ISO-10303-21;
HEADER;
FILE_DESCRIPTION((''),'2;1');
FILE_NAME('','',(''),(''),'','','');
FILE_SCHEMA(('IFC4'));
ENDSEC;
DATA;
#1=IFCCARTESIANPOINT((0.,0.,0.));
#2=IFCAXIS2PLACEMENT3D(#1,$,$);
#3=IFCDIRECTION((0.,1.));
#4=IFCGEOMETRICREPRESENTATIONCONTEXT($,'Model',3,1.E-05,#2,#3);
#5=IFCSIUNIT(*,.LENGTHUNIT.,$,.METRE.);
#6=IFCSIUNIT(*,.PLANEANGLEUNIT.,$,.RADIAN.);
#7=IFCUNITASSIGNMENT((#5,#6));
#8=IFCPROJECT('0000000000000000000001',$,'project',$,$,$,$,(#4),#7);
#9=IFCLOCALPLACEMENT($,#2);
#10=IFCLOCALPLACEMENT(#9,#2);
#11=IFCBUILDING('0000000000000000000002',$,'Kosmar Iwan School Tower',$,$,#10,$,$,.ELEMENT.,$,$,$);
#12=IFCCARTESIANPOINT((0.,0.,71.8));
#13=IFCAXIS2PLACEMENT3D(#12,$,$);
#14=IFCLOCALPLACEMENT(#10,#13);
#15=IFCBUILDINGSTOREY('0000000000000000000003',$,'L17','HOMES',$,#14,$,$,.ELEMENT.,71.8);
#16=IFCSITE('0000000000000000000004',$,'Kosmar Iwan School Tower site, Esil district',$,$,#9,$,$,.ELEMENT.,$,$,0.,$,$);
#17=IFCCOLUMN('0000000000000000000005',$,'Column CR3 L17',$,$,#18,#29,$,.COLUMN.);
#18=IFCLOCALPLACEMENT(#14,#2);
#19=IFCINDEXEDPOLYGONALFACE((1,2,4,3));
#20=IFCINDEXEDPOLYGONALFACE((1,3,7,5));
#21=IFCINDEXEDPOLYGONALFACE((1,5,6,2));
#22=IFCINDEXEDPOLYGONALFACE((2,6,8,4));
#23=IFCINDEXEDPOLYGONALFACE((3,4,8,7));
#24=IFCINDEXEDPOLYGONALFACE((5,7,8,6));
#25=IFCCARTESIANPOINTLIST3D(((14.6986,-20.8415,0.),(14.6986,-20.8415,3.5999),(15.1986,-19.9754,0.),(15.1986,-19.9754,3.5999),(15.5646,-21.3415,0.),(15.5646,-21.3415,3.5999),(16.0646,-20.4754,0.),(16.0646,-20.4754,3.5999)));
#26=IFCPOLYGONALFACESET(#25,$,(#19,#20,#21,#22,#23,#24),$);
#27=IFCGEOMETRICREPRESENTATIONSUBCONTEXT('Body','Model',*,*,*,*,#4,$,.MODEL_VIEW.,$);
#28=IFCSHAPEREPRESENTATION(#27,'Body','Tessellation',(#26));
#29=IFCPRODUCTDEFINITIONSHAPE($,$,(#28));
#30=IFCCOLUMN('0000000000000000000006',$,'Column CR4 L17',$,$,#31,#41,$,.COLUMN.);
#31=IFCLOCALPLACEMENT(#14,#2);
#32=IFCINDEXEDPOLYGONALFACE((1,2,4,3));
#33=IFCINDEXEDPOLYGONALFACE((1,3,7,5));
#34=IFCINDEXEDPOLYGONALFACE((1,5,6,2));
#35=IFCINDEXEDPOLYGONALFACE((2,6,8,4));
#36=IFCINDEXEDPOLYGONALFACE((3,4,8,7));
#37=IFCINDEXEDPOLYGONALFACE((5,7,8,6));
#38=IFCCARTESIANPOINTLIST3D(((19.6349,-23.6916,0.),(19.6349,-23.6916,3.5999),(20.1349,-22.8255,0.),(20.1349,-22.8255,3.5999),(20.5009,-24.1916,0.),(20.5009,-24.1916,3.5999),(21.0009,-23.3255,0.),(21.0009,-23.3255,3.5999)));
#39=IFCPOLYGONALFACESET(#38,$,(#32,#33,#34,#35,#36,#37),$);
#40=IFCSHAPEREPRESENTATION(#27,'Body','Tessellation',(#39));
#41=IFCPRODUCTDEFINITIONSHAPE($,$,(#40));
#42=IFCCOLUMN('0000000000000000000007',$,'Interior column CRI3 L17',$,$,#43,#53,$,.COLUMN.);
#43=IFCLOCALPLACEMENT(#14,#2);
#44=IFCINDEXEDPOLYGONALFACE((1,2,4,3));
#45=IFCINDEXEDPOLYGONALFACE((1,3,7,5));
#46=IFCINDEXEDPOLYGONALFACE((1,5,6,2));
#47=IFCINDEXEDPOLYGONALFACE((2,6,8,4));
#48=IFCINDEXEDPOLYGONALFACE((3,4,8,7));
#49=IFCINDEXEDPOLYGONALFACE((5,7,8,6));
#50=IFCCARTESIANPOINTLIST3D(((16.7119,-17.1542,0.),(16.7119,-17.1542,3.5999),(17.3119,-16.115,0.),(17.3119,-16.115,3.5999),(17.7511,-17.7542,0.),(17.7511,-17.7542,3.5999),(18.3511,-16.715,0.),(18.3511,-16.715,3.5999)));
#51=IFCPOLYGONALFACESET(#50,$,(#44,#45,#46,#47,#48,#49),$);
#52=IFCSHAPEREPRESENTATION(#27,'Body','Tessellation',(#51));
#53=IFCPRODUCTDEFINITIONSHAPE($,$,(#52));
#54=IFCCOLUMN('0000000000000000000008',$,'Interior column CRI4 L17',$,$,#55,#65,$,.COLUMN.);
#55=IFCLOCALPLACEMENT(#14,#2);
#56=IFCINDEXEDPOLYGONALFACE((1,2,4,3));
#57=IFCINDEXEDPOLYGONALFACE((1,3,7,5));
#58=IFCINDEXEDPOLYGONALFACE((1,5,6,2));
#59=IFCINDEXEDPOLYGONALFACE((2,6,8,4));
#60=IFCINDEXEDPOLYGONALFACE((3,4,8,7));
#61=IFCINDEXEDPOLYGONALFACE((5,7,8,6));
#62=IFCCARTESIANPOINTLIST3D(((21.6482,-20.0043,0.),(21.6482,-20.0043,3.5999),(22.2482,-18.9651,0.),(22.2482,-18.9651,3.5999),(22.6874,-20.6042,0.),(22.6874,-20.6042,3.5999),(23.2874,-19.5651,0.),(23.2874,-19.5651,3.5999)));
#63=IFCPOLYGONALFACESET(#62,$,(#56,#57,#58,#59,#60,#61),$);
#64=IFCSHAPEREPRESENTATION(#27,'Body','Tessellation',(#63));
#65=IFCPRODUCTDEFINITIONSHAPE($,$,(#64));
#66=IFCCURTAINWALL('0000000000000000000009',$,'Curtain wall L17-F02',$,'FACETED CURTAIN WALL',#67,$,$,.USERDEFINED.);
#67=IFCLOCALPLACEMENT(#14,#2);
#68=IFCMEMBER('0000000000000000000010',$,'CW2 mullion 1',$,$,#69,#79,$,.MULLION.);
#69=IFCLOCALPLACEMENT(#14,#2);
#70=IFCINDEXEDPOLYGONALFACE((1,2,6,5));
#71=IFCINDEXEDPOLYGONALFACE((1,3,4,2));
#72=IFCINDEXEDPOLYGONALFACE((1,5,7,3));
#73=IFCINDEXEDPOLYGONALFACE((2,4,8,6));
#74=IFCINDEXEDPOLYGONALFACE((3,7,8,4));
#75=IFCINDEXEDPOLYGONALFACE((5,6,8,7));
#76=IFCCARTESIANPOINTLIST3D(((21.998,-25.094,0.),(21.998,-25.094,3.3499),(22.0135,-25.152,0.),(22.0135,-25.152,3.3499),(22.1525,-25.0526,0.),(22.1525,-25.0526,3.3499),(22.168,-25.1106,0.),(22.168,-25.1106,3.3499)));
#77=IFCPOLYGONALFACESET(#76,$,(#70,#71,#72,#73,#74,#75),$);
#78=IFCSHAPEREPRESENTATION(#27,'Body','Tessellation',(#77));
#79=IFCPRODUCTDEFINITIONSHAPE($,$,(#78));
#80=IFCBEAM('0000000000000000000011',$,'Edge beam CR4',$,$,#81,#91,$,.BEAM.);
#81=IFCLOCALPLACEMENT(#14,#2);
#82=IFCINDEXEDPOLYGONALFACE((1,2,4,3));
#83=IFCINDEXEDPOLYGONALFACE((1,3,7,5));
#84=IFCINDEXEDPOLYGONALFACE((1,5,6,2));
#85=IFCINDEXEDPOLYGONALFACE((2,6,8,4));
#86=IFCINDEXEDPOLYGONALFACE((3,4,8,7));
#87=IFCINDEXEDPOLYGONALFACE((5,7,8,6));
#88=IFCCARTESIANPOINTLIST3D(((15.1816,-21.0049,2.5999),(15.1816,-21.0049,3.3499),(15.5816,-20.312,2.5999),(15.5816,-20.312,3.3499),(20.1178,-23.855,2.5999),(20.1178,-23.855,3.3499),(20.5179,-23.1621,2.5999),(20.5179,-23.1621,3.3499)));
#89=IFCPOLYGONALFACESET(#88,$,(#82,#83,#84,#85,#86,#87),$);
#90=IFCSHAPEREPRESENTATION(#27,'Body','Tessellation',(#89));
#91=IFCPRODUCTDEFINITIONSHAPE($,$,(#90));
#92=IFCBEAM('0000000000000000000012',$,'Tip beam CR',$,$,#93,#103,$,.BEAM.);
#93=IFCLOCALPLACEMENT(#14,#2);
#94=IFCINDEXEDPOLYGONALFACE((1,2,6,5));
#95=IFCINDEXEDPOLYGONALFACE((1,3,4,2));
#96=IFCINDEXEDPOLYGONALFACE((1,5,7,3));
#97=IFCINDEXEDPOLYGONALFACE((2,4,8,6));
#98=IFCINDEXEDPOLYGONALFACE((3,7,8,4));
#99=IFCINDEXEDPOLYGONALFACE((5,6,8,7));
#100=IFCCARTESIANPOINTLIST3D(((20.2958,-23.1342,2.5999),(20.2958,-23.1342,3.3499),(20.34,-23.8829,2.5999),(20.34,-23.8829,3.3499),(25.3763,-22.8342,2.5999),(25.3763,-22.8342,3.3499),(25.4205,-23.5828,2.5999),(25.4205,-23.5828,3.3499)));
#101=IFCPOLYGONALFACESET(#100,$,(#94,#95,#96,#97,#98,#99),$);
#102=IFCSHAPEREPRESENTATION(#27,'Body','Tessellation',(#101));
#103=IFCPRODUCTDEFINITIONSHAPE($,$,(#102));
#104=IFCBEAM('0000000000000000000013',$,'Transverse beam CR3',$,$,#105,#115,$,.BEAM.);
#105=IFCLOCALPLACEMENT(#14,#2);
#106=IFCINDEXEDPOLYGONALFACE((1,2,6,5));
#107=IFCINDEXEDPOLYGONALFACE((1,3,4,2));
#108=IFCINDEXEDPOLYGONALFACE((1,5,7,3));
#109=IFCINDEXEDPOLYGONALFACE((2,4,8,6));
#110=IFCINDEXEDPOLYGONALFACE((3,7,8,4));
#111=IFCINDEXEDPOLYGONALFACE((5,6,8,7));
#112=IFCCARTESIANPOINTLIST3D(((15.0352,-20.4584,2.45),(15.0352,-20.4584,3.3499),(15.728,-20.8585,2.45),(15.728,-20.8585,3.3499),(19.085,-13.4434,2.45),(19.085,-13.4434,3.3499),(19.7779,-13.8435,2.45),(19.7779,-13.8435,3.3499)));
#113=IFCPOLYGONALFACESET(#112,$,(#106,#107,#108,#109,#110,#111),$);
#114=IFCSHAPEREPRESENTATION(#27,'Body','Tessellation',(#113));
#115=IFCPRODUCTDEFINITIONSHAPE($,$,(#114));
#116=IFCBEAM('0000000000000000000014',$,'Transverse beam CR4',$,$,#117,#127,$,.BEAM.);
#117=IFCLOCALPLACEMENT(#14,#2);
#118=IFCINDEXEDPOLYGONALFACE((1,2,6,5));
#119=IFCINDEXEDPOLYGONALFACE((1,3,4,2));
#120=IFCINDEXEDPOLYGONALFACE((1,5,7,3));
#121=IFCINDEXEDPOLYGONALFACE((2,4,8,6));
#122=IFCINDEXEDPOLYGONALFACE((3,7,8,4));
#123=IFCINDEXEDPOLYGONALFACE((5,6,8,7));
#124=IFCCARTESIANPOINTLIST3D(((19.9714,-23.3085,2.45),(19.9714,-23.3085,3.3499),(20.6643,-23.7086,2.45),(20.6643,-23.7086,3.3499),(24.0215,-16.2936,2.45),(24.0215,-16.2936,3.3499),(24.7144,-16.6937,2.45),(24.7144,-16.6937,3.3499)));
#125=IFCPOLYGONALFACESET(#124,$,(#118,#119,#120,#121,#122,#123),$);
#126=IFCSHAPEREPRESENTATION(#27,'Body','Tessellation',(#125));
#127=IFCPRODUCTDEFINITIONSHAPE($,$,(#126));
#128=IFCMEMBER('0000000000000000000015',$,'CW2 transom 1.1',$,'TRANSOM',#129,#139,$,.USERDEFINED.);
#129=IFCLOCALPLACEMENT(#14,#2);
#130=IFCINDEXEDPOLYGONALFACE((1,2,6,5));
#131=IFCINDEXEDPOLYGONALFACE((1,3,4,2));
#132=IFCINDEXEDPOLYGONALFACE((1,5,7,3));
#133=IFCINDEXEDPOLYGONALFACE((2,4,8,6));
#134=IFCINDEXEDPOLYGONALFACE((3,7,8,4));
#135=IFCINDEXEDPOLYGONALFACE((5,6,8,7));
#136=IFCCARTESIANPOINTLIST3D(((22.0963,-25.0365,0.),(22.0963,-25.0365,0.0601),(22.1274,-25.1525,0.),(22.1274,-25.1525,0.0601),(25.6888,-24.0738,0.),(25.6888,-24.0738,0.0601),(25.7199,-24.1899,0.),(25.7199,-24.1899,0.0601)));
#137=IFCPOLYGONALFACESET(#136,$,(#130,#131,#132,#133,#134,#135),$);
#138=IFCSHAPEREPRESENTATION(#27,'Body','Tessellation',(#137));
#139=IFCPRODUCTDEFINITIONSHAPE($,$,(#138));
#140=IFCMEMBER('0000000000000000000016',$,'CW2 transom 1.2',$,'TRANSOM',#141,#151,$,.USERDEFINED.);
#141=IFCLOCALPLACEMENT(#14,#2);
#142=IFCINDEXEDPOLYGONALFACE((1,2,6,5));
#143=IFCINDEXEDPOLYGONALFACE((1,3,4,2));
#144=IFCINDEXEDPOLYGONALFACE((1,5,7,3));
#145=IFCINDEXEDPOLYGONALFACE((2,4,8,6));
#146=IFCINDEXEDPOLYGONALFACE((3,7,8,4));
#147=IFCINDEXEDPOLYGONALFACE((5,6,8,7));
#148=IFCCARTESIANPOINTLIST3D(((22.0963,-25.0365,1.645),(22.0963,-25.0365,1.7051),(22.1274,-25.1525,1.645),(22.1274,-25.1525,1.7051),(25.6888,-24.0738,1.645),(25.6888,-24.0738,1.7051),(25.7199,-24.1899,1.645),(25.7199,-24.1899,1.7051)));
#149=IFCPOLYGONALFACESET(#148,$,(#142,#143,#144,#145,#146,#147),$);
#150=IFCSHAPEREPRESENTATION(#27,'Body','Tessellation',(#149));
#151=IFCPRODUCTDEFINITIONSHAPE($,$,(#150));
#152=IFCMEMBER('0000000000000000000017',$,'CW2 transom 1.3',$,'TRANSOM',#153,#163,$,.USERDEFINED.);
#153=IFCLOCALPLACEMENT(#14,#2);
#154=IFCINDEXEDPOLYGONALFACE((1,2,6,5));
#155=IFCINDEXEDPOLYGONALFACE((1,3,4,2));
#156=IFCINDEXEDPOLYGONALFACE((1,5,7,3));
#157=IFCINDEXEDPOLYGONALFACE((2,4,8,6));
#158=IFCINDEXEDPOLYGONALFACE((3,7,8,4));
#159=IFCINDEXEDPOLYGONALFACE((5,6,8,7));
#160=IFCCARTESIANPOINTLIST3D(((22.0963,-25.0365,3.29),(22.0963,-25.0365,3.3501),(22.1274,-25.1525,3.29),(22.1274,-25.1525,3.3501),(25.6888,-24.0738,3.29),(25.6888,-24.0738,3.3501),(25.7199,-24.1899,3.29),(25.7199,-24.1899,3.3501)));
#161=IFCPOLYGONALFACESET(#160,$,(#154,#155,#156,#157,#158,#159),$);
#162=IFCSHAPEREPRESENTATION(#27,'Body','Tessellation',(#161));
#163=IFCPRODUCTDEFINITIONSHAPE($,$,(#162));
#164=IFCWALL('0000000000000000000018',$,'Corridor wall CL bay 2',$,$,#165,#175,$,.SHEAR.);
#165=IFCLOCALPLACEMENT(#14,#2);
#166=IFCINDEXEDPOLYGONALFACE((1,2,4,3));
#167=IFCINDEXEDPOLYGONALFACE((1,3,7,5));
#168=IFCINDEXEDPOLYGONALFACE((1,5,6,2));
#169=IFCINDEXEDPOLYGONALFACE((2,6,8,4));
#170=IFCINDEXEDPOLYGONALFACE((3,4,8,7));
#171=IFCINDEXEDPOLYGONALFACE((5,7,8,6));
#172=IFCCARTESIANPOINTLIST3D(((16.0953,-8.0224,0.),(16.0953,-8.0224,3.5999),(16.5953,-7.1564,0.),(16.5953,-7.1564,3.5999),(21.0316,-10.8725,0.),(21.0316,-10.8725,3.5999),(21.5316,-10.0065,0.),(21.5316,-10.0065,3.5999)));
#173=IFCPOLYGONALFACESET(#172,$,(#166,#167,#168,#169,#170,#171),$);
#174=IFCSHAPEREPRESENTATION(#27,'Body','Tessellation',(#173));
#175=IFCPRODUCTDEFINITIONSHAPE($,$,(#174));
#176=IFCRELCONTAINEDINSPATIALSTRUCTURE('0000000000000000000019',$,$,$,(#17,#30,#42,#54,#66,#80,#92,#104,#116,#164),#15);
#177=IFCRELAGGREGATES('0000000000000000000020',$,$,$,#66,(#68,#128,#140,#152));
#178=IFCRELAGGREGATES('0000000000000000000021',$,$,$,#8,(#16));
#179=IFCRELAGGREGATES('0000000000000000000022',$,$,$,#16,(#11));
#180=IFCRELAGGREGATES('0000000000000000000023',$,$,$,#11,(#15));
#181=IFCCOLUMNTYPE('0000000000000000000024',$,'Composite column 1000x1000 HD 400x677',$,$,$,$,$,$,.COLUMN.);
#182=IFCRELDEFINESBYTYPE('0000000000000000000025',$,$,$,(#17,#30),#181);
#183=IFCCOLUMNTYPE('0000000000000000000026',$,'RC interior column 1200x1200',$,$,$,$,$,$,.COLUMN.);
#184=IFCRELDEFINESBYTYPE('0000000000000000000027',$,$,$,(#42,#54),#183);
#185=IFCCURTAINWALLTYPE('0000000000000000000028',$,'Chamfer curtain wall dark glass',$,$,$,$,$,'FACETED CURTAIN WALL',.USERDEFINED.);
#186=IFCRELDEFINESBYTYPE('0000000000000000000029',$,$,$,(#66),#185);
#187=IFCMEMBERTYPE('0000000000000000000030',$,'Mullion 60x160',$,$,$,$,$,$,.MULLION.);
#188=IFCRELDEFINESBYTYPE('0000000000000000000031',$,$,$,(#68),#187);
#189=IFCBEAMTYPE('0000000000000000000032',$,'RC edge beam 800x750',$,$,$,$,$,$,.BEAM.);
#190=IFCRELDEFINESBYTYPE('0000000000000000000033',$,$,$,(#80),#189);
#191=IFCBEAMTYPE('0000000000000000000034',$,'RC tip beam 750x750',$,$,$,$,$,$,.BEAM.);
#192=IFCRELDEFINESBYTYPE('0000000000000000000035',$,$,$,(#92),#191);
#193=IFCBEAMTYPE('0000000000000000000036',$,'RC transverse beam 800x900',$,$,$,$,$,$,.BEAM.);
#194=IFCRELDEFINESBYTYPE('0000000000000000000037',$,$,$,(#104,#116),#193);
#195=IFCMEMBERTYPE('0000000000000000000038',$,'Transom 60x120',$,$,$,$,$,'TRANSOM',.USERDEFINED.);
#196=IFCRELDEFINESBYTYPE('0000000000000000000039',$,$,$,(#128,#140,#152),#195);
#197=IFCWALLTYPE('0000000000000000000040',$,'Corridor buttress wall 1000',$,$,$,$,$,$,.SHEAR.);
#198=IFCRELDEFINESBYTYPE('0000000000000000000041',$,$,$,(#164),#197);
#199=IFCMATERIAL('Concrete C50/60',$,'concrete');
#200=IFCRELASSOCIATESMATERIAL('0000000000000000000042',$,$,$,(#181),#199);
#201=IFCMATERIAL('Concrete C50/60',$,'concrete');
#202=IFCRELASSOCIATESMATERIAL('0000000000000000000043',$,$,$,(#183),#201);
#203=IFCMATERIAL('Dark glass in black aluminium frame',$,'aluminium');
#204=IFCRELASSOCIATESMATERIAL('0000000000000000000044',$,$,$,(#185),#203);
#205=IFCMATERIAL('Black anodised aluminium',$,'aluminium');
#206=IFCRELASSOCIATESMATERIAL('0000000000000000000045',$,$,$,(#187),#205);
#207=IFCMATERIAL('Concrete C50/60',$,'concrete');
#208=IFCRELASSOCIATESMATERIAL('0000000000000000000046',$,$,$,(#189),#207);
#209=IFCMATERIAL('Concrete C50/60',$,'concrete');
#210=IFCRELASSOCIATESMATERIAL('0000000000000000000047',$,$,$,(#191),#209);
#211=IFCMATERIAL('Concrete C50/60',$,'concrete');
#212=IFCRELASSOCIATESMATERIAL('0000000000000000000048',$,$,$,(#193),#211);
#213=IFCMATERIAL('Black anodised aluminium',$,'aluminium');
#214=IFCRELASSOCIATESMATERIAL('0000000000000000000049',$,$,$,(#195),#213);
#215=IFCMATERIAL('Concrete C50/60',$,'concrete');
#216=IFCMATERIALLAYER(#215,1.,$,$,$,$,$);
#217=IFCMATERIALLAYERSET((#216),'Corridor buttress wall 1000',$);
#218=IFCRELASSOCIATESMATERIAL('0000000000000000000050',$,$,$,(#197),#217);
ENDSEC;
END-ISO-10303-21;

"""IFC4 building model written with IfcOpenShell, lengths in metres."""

from ifc_helpers import new_model, si_unit, direction, frame, frame_2d, origin, origin_2d, place, context, subcontext, project, spatial, rectangle, extrude, material, layer, layer_set, material_profile, profile_set, type_object, element, aggregate, save


model = new_model("IFC4")

# Units and contexts
model_context = context("Model", 3, precision=1e-05, world=origin(), true_north=direction((0.0, 1.0)))
body_context = subcontext(model_context, "Body", "Model", "MODEL_VIEW")
ifc_project = project(units=[si_unit("LENGTHUNIT", "METRE"), si_unit("PLANEANGLEUNIT", "RADIAN")], contexts=[model_context])

# Site, building, storey
site_placement = place(None, origin())
site = spatial("IfcSite", under=ifc_project, at=site_placement, Name="Kosmar Iwan School Tower site, Esil district", CompositionType="ELEMENT", RefElevation=0.0)
building_placement = place(site_placement, origin())
building = spatial("IfcBuilding", under=site, at=building_placement, Name="Kosmar Iwan School Tower", CompositionType="ELEMENT")
storey_placement = place(building_placement, frame((0.0, 0.0, 71.8)))
storey = spatial("IfcBuildingStorey", under=building, at=storey_placement, Name="L17", Description="HOMES", CompositionType="ELEMENT", Elevation=71.8)

# Columns
ifc_material_1 = material(Name="Concrete C50/60", Category="concrete")
ifc_material_profile_1 = material_profile(ifc_material_1, rectangle(XDim=1.0, YDim=1.0, at=origin_2d()), Name="RC 1000x1000 + HD 400x677")
ifc_profile_set_1 = profile_set([ifc_material_profile_1], Name="Concrete C50/60")
column_type_1 = type_object("IfcColumnType", Name="Composite column 1000x1000 HD 400x677", PredefinedType="COLUMN", material=ifc_profile_set_1)
for number, where, z_axis, x_axis, name in (
    (1, (15.3816, -20.6584, 0.0), (0.0, 0.0, 1.0), (0.866025, -0.5, 0.0), "Column CR3 L17"),
    (2, (20.3179, -23.5085, 0.0), (0.0, 0.0, 1.0), (0.866025, -0.5, 0.0), "Column CR4 L17"),
):
    element("IfcColumn", number, at=place(storey_placement, frame(where, z_axis=z_axis, x_axis=x_axis)), inside=storey, type_object=column_type_1, Name=name, PredefinedType="COLUMN", context=body_context, shape_type="SweptSolid", body=[
        extrude(rectangle(XDim=1.0, YDim=1.0, at=origin_2d()), origin(), (0.0, 0.0, 1.0), 3.5999),
    ])
ifc_material_2 = material(Name="Concrete C50/60", Category="concrete")
ifc_material_profile_2 = material_profile(ifc_material_2, rectangle(XDim=1.2, YDim=1.2, at=origin_2d()), Name="RC 1200x1200")
ifc_profile_set_2 = profile_set([ifc_material_profile_2], Name="Concrete C50/60")
column_type_2 = type_object("IfcColumnType", Name="RC interior column 1200x1200", PredefinedType="COLUMN", material=ifc_profile_set_2)
for number, where, z_axis, x_axis, name in (
    (3, (17.5315, -16.9346, 0.0), (0.0, 0.0, 1.0), (0.866025, -0.5, 0.0), "Interior column CRI3 L17"),
    (4, (22.4678, -19.7847, 0.0), (0.0, 0.0, 1.0), (0.866025, -0.5, 0.0), "Interior column CRI4 L17"),
):
    element("IfcColumn", number, at=place(storey_placement, frame(where, z_axis=z_axis, x_axis=x_axis)), inside=storey, type_object=column_type_2, Name=name, PredefinedType="COLUMN", context=body_context, shape_type="SweptSolid", body=[
        extrude(rectangle(XDim=1.2, YDim=1.2, at=origin_2d()), origin(), (0.0, 0.0, 1.0), 3.5999),
    ])

# Curtain wall, member
ifc_material_3 = material(Name="Dark glass in black aluminium frame", Category="aluminium")
curtain_wall_type = type_object("IfcCurtainWallType", Name="Chamfer curtain wall dark glass", ElementType="FACETED CURTAIN WALL", PredefinedType="USERDEFINED", material=ifc_material_3)
curtain_wall_placement = place(storey_placement, origin())
curtain_wall = element("IfcCurtainWall", 5, at=curtain_wall_placement, inside=storey, type_object=curtain_wall_type, Name="Curtain wall L17-F02", ObjectType="FACETED CURTAIN WALL", PredefinedType="USERDEFINED")
ifc_material_4 = material(Name="Black anodised aluminium", Category="aluminium")
ifc_material_profile_3 = material_profile(ifc_material_4, rectangle(XDim=0.0601, YDim=0.1599, at=origin_2d()), Name="MULLION 60x160")
ifc_profile_set_3 = profile_set([ifc_material_profile_3], Name="Black anodised aluminium")
member_type_1 = type_object("IfcMemberType", Name="Mullion 60x160", PredefinedType="MULLION", material=ifc_profile_set_3)
member_1_placement = place(storey_placement, frame((22.083, -25.1023, 0.0), z_axis=(0.0, 0.0, 1.0), x_axis=(-0.258819, 0.965926, 0.0)))
member_1 = element("IfcMember", 6, at=member_1_placement, type_object=member_type_1, Name="CW2 mullion 1", PredefinedType="MULLION", context=body_context, shape_type="SweptSolid", body=[
    extrude(rectangle(XDim=0.0601, YDim=0.1599, at=origin_2d()), origin(), (0.0, 0.0, 1.0), 3.3499),
])

# Beams
ifc_material_5 = material(Name="Concrete C50/60", Category="concrete")
ifc_material_profile_4 = material_profile(ifc_material_5, rectangle(XDim=0.8, YDim=0.75, at=origin_2d()), Name="RC 800x750")
ifc_profile_set_4 = profile_set([ifc_material_profile_4], Name="Concrete C50/60")
beam_type_1 = type_object("IfcBeamType", Name="RC edge beam 800x750", PredefinedType="BEAM", material=ifc_profile_set_4)
beam_1_placement = place(storey_placement, frame((15.3816, -20.6584, 2.9749), z_axis=(0.866015, -0.500018, 0.0), x_axis=(0.500018, 0.866015, 0.0)))
element("IfcBeam", 7, at=beam_1_placement, inside=storey, type_object=beam_type_1, Name="Edge beam CR4", PredefinedType="BEAM", context=body_context, shape_type="SweptSolid", body=[
    extrude(rectangle(XDim=0.8, YDim=0.75, at=origin_2d()), origin(), (0.0, 0.0, 1.0), 5.7),
])
ifc_material_6 = material(Name="Concrete C50/60", Category="concrete")
ifc_material_profile_5 = material_profile(ifc_material_6, rectangle(XDim=0.75, YDim=0.75, at=origin_2d()), Name="RC 750x750")
ifc_profile_set_5 = profile_set([ifc_material_profile_5], Name="Concrete C50/60")
beam_type_2 = type_object("IfcBeamType", Name="RC tip beam 750x750", PredefinedType="BEAM", material=ifc_profile_set_5)
beam_2_placement = place(storey_placement, frame((20.3179, -23.5085, 2.9749), z_axis=(0.998261, 0.058955, 0.0), x_axis=(-0.058955, 0.998261, 0.0)))
element("IfcBeam", 8, at=beam_2_placement, inside=storey, type_object=beam_type_2, Name="Tip beam CR", PredefinedType="BEAM", context=body_context, shape_type="SweptSolid", body=[
    extrude(rectangle(XDim=0.75, YDim=0.75, at=origin_2d()), origin(), (0.0, 0.0, 1.0), 5.0894),
])
ifc_material_7 = material(Name="Concrete C50/60", Category="concrete")
ifc_material_profile_6 = material_profile(ifc_material_7, rectangle(XDim=0.8, YDim=0.8999, at=origin_2d()), Name="RC 800x900")
ifc_profile_set_6 = profile_set([ifc_material_profile_6], Name="Concrete C50/60")
beam_type_3 = type_object("IfcBeamType", Name="RC transverse beam 800x900", PredefinedType="BEAM", material=ifc_profile_set_6)
for number, where, z_axis, x_axis, name in (
    (9, (15.3816, -20.6584, 2.8999), (0.499977, 0.866039, 0.0), (-0.866039, 0.499977, 0.0), "Transverse beam CR3"),
    (10, (20.3179, -23.5085, 2.8999), (0.5, 0.866025, 0.0), (-0.866025, 0.5, 0.0), "Transverse beam CR4"),
):
    element("IfcBeam", number, at=place(storey_placement, frame(where, z_axis=z_axis, x_axis=x_axis)), inside=storey, type_object=beam_type_3, Name=name, PredefinedType="BEAM", context=body_context, shape_type="SweptSolid", body=[
        extrude(rectangle(XDim=0.8, YDim=0.8999, at=origin_2d()), origin(), (0.0, 0.0, 1.0), 8.1001),
    ])

# Members
ifc_material_8 = material(Name="Black anodised aluminium", Category="aluminium")
ifc_material_profile_7 = material_profile(ifc_material_8, rectangle(XDim=0.1201, YDim=0.0601, at=origin_2d()), Name="TRANSOM 60x120")
ifc_profile_set_7 = profile_set([ifc_material_profile_7], Name="Black anodised aluminium")
member_type_2 = type_object("IfcMemberType", Name="Transom 60x120", ElementType="TRANSOM", PredefinedType="USERDEFINED", material=ifc_profile_set_7)
member_2_placement = place(storey_placement, frame((22.1118, -25.0945, 0.03), z_axis=(0.965924, 0.258827, 0.0), x_axis=(-0.258827, 0.965924, 0.0)))
member_2 = element("IfcMember", 11, at=member_2_placement, type_object=member_type_2, Name="CW2 transom 1.1", ObjectType="TRANSOM", PredefinedType="USERDEFINED", context=body_context, shape_type="SweptSolid", body=[
    extrude(rectangle(XDim=0.1201, YDim=0.0601, at=origin_2d()), origin(), (0.0, 0.0, 1.0), 3.7192),
])
member_3_placement = place(storey_placement, frame((22.1118, -25.0945, 1.675), z_axis=(0.965924, 0.258827, 0.0), x_axis=(-0.258827, 0.965924, 0.0)))
member_3 = element("IfcMember", 12, at=member_3_placement, type_object=member_type_2, Name="CW2 transom 1.2", ObjectType="TRANSOM", PredefinedType="USERDEFINED", context=body_context, shape_type="SweptSolid", body=[
    extrude(rectangle(XDim=0.1201, YDim=0.0601, at=origin_2d()), origin(), (0.0, 0.0, 1.0), 3.7192),
])
member_4_placement = place(storey_placement, frame((22.1118, -25.0945, 3.3201), z_axis=(0.965924, 0.258827, 0.0), x_axis=(-0.258827, 0.965924, 0.0)))
member_4 = element("IfcMember", 13, at=member_4_placement, type_object=member_type_2, Name="CW2 transom 1.3", ObjectType="TRANSOM", PredefinedType="USERDEFINED", context=body_context, shape_type="SweptSolid", body=[
    extrude(rectangle(XDim=0.1201, YDim=0.0601, at=origin_2d()), origin(), (0.0, 0.0, 1.0), 3.7192),
])
aggregate(curtain_wall, [member_1, member_2, member_3, member_4])

# Wall
ifc_material_9 = material(Name="Concrete C50/60", Category="concrete")
ifc_layer_1 = layer(ifc_material_9, 1.0)
ifc_layer_set_1 = layer_set([ifc_layer_1], Name="Corridor buttress wall 1000")
wall_type_1 = type_object("IfcWallType", Name="Corridor buttress wall 1000", PredefinedType="SHEAR", material=ifc_layer_set_1)
wall_1_placement = place(storey_placement, frame((16.3452, -7.5894, 0.0), z_axis=(0.0, 0.0, 1.0), x_axis=(0.866015, -0.500018, 0.0)))
element("IfcWall", 14, at=wall_1_placement, inside=storey, type_object=wall_type_1, Name="Corridor wall CL bay 2", PredefinedType="SHEAR", context=body_context, shape_type="SweptSolid", body=[
    extrude(rectangle(XDim=5.7, YDim=1.0, at=frame_2d((2.8501, 0.0))), origin(), (0.0, 0.0, 1.0), 3.5999),
])

save(model, "model.ifc")
